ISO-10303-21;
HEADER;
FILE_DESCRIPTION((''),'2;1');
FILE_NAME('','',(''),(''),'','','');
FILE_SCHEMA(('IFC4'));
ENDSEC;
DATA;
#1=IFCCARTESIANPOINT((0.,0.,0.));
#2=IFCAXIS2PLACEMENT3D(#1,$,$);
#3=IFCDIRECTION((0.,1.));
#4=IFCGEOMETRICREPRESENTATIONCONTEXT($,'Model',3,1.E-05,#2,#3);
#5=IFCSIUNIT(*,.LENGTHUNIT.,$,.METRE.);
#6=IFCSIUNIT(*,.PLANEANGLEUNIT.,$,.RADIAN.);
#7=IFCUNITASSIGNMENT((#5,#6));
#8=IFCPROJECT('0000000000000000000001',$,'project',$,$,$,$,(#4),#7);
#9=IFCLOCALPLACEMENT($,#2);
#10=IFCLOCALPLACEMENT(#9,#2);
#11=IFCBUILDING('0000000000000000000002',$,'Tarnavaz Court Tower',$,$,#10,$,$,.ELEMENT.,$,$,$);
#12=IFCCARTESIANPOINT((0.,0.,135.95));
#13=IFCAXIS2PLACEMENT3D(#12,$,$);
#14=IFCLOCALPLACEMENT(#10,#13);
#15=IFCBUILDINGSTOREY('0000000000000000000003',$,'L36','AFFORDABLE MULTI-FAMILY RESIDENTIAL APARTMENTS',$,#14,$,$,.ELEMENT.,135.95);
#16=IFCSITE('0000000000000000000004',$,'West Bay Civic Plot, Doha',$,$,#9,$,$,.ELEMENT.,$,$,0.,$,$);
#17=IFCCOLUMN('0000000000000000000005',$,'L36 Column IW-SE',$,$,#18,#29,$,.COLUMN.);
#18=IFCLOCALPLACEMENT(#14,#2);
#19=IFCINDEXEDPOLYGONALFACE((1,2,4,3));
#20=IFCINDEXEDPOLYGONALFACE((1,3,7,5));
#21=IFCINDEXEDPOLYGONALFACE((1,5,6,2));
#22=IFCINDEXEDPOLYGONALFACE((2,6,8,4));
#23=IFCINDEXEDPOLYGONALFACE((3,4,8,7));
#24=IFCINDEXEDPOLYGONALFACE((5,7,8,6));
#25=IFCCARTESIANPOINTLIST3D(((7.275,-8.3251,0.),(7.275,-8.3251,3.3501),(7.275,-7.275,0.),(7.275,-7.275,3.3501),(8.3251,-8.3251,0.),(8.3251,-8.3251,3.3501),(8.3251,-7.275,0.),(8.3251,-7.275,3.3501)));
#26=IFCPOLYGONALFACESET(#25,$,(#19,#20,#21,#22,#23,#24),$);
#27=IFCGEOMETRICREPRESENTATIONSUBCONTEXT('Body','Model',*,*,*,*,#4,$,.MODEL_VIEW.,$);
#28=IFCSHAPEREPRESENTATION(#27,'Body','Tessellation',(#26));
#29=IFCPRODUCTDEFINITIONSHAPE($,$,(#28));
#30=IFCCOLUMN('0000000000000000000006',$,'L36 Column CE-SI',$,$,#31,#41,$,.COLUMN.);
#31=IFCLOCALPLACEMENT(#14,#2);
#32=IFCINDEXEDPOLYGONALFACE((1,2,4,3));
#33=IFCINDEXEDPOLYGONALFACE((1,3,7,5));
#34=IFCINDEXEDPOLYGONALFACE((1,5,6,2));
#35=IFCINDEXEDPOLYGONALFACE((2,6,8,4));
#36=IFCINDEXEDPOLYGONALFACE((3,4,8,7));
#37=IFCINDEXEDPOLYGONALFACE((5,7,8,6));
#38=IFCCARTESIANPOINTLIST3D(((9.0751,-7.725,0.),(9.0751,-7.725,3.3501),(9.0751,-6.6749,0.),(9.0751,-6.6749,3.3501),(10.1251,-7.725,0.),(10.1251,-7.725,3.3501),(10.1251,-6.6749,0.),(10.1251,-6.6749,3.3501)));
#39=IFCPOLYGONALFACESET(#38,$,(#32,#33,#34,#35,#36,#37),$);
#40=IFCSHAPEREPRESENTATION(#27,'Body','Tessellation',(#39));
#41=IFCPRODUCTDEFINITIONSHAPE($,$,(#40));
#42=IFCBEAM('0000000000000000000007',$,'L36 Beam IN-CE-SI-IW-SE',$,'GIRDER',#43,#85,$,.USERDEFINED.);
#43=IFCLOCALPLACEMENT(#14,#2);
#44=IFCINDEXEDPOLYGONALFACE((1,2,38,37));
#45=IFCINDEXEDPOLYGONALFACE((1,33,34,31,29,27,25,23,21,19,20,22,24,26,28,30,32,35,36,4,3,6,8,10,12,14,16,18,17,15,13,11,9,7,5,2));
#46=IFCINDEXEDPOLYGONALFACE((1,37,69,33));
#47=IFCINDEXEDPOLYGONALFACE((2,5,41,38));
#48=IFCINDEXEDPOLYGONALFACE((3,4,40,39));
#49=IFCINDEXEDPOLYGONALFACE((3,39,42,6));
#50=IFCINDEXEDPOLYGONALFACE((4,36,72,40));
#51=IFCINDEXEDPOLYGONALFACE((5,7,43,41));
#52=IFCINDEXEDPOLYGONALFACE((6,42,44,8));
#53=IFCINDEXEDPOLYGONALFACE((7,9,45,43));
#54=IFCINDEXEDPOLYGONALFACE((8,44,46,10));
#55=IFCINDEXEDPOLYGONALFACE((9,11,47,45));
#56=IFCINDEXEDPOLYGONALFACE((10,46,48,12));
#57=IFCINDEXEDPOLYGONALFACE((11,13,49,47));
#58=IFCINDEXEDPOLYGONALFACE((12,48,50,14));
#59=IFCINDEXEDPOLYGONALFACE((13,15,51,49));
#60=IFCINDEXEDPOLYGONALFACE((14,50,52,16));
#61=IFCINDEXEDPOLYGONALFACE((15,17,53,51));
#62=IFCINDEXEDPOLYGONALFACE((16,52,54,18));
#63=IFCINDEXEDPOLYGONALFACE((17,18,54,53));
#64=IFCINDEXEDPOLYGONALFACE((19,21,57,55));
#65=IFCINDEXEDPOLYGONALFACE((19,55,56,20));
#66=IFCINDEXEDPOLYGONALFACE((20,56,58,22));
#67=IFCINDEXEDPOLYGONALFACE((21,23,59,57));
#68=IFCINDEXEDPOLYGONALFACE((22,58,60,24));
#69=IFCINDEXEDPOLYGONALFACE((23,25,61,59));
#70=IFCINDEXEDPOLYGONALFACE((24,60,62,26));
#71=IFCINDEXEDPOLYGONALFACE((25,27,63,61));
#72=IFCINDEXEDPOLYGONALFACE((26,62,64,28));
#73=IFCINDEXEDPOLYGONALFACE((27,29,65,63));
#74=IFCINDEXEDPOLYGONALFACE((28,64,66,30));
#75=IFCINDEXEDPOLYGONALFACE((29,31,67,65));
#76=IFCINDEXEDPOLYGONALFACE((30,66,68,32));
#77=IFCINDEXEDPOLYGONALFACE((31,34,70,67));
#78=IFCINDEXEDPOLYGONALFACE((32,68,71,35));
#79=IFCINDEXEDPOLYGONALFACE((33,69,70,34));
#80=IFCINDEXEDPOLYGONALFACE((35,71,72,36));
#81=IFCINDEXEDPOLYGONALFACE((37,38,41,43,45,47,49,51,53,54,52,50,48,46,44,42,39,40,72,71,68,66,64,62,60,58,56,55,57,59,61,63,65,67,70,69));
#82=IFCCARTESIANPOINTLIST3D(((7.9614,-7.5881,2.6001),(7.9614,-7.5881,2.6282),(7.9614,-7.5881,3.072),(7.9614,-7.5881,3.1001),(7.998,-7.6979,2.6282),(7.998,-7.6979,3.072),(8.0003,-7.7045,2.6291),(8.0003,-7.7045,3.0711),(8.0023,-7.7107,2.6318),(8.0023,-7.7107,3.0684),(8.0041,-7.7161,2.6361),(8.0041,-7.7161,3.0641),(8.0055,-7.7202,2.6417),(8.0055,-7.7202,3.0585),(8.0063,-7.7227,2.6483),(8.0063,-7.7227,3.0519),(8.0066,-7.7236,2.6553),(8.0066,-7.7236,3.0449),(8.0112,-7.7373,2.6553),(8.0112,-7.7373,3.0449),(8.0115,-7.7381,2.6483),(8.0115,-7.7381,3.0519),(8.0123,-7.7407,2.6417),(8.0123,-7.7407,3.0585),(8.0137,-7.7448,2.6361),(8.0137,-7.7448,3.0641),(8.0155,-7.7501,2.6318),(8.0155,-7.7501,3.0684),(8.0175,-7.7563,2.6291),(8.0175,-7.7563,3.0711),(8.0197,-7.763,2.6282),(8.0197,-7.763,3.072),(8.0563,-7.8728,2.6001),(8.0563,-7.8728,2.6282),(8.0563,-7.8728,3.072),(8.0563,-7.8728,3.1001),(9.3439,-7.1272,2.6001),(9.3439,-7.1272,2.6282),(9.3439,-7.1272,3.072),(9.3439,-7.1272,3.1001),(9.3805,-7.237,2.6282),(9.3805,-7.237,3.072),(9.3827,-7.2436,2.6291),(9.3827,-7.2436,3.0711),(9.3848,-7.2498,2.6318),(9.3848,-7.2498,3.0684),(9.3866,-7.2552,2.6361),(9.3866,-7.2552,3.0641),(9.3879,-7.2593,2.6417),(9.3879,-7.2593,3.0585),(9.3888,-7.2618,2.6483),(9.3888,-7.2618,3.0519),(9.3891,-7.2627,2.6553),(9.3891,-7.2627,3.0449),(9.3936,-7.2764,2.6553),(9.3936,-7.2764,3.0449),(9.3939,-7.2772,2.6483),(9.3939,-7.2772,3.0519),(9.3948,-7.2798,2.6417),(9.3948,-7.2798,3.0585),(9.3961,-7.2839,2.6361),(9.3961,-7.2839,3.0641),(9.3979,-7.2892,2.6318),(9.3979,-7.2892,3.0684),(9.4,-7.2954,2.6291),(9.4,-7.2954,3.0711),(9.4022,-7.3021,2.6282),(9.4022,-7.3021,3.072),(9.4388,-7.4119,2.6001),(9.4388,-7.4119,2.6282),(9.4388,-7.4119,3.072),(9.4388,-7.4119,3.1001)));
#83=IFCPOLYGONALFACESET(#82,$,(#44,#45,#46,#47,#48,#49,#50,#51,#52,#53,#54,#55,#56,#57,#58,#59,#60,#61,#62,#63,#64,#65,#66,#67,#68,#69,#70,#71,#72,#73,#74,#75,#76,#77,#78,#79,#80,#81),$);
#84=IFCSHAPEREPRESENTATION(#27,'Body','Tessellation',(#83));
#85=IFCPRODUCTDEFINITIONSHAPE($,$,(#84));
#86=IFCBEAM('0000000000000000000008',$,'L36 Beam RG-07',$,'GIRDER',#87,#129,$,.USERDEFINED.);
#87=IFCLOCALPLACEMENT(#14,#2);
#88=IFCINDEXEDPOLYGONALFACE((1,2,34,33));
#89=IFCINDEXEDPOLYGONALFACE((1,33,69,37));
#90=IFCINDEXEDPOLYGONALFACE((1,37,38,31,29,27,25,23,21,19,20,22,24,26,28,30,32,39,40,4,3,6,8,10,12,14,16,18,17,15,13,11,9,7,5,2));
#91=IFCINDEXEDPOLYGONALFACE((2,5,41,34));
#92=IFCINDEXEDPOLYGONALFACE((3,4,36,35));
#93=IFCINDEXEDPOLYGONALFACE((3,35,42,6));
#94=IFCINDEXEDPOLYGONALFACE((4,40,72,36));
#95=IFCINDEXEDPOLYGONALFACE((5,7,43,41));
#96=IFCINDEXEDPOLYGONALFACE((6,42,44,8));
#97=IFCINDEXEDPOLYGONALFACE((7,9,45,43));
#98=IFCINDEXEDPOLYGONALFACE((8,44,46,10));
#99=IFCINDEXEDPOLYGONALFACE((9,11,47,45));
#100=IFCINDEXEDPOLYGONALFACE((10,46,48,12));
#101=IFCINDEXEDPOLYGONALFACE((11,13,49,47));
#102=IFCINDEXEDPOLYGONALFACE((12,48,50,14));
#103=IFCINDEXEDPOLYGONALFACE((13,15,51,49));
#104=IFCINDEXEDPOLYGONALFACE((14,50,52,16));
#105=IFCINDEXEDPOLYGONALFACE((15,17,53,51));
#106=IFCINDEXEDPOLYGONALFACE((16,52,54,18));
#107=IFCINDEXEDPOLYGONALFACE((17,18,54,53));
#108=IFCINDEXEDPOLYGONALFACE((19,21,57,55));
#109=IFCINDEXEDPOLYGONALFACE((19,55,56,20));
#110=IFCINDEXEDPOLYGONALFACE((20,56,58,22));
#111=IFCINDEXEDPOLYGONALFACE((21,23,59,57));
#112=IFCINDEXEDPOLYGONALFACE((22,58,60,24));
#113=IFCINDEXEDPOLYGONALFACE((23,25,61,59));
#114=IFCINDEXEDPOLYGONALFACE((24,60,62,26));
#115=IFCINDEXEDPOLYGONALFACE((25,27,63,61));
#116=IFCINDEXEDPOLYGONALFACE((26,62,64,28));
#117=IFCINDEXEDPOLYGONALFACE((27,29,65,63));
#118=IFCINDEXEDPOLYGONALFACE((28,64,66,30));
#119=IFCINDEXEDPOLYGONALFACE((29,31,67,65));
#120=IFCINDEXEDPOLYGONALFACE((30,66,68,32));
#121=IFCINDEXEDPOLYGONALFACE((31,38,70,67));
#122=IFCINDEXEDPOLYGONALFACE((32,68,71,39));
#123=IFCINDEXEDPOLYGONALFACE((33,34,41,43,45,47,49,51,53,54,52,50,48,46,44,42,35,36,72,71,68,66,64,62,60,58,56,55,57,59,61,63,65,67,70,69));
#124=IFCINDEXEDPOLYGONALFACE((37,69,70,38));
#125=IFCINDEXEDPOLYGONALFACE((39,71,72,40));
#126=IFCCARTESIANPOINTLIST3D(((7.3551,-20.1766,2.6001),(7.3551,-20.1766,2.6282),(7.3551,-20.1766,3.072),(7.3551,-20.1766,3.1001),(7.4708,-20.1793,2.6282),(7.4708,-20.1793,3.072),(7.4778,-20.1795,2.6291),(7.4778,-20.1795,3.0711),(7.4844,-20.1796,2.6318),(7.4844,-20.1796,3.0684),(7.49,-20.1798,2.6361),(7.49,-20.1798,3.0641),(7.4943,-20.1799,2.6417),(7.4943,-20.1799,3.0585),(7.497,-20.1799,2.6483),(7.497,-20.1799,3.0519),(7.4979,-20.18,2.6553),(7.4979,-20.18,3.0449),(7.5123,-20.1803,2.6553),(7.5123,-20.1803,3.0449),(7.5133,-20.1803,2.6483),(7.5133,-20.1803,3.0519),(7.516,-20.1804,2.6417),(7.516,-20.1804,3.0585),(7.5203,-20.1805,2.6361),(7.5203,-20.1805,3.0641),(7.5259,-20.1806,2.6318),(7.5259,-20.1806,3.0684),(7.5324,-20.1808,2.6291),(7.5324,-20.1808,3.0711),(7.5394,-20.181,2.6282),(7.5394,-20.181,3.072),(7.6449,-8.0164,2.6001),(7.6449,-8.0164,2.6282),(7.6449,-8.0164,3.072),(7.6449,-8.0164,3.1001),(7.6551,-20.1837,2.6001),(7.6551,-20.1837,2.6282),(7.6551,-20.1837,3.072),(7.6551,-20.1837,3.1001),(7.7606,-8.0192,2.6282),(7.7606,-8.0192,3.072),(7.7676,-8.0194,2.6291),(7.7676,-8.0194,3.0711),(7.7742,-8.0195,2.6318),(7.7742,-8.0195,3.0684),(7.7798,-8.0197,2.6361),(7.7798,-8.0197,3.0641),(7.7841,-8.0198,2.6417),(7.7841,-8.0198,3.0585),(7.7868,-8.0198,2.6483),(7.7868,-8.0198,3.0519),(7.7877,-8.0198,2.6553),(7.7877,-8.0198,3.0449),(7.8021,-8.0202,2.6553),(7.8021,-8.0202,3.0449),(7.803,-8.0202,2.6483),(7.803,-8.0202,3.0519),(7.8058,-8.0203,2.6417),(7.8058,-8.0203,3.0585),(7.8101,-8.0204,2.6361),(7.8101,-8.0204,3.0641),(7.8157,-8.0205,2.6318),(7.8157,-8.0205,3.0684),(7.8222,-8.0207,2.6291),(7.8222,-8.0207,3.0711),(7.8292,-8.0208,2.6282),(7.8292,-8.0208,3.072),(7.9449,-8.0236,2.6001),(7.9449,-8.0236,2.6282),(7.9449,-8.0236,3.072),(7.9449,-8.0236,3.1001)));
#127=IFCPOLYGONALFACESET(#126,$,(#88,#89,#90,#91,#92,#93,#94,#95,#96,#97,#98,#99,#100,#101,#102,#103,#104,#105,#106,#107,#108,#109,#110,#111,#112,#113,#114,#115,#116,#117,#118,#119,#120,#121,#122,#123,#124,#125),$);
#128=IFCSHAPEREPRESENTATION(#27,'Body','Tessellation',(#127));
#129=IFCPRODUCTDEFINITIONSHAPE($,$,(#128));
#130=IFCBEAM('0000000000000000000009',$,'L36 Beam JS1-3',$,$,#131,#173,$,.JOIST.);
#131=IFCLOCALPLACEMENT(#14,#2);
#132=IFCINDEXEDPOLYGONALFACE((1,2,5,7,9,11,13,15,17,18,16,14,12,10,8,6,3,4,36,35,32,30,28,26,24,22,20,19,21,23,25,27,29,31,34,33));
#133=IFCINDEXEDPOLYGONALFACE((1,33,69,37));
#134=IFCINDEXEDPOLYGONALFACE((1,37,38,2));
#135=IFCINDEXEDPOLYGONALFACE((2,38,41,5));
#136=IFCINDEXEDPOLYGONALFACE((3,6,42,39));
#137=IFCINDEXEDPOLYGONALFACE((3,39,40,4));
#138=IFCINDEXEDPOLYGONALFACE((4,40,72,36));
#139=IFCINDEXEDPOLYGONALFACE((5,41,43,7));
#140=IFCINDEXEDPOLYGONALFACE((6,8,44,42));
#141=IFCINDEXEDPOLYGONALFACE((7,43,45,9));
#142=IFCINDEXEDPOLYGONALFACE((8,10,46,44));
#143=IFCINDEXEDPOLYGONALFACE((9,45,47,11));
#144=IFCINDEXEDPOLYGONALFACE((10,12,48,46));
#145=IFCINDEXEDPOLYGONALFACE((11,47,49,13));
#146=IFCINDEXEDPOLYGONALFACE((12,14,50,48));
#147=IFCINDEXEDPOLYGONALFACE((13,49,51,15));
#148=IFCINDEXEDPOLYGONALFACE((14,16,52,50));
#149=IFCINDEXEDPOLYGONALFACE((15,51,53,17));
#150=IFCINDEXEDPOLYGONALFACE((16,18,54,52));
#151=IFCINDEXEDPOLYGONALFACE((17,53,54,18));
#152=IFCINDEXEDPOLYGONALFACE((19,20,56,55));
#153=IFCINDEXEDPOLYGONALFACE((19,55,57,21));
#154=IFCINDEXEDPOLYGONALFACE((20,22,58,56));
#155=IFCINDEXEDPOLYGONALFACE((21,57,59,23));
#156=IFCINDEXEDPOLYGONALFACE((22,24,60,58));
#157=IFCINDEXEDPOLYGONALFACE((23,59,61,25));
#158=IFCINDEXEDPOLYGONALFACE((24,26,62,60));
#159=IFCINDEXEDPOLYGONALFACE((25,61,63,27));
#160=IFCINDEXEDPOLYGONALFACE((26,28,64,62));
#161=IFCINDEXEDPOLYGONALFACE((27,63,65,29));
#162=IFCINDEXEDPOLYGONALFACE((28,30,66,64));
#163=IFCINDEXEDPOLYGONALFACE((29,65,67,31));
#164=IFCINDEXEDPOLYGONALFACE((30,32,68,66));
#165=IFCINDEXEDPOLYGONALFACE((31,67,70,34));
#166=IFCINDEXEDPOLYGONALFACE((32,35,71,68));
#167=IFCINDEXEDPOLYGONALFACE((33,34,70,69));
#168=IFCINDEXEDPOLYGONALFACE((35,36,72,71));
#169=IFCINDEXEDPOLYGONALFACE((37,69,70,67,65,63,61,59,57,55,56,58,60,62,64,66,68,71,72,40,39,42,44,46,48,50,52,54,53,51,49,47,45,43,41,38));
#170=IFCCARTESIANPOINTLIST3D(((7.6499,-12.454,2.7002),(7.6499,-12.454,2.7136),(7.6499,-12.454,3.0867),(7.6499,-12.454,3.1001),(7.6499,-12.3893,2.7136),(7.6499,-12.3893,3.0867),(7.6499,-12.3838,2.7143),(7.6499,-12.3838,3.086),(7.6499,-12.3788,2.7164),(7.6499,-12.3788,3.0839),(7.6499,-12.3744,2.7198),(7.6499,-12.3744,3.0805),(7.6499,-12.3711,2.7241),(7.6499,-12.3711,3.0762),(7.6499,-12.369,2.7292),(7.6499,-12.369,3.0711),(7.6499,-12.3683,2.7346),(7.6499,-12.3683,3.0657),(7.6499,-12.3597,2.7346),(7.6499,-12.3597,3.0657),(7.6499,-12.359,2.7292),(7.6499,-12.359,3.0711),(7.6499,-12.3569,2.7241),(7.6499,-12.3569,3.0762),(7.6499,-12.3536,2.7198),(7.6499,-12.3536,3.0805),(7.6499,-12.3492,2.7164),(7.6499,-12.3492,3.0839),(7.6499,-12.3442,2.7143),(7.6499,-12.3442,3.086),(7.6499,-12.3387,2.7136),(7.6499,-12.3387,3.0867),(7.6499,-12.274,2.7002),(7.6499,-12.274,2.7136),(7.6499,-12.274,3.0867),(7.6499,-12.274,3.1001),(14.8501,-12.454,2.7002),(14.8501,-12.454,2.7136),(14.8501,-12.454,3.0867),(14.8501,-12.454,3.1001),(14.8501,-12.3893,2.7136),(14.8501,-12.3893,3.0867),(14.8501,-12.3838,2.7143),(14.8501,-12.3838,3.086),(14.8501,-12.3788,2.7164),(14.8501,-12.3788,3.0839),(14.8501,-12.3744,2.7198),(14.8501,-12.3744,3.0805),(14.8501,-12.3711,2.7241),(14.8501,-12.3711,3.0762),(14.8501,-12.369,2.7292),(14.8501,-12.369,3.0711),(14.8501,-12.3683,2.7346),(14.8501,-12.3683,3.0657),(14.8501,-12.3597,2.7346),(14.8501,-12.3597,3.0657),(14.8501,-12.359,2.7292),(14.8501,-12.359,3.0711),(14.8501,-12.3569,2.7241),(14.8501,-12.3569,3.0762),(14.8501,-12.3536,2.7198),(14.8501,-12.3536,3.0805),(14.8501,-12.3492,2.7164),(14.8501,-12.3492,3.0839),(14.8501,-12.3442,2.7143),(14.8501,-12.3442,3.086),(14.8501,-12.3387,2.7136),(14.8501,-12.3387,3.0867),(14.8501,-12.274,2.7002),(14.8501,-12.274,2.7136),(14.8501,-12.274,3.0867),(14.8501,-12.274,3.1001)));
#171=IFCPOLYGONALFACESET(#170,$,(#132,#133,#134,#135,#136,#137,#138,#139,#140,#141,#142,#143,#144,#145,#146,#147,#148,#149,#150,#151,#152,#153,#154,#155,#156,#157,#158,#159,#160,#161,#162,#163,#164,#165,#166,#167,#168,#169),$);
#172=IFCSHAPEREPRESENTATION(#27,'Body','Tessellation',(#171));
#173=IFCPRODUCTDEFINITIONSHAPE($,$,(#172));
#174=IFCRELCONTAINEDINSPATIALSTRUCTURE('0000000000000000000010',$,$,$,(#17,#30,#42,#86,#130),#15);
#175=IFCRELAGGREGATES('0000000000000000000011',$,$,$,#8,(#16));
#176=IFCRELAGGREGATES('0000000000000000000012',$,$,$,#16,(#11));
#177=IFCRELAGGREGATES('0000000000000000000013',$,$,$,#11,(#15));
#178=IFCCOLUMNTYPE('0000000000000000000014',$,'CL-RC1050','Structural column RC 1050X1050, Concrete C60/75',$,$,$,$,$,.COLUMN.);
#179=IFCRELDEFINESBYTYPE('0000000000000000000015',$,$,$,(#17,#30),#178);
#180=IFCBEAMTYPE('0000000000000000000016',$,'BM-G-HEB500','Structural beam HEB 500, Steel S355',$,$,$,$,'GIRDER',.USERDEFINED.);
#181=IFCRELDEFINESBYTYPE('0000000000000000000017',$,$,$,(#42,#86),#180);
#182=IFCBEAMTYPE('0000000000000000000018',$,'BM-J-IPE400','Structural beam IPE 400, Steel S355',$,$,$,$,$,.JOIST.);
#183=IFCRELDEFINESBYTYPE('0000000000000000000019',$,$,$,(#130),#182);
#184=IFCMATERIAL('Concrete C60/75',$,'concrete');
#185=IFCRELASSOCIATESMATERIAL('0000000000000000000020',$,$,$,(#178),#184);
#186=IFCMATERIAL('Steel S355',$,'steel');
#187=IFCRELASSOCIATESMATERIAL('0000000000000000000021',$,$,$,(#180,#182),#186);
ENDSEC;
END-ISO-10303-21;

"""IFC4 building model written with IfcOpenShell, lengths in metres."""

from ifc_helpers import new_model, si_unit, direction, frame, origin, origin_2d, place, context, subcontext, project, spatial, rectangle, i_section, extrude, material, material_profile, profile_set, type_object, element, save


model = new_model("IFC4")

# Units and contexts
model_context = context("Model", 3, precision=1e-05, world=origin(), true_north=direction((0.0, 1.0)))
body_context = subcontext(model_context, "Body", "Model", "MODEL_VIEW")
ifc_project = project(units=[si_unit("LENGTHUNIT", "METRE"), si_unit("PLANEANGLEUNIT", "RADIAN")], contexts=[model_context])

# Site, building, storey
site_placement = place(None, origin())
site = spatial("IfcSite", under=ifc_project, at=site_placement, Name="West Bay Civic Plot, Doha", CompositionType="ELEMENT", RefElevation=0.0)
building_placement = place(site_placement, origin())
building = spatial("IfcBuilding", under=site, at=building_placement, Name="Tarnavaz Court Tower", CompositionType="ELEMENT")
storey_placement = place(building_placement, frame((0.0, 0.0, 135.95)))
storey = spatial("IfcBuildingStorey", under=building, at=storey_placement, Name="L36", Description="AFFORDABLE MULTI-FAMILY RESIDENTIAL APARTMENTS", CompositionType="ELEMENT", Elevation=135.95)

# Columns
ifc_material_1 = material(Name="Concrete C60/75", Category="concrete")
ifc_material_profile_1 = material_profile(ifc_material_1, rectangle(XDim=1.05, YDim=1.05, at=origin_2d()), Name="RC 1050X1050")
ifc_profile_set_1 = profile_set([ifc_material_profile_1], Name="Concrete C60/75")
column_type = type_object("IfcColumnType", Name="CL-RC1050", Description="Structural column RC 1050X1050, Concrete C60/75", PredefinedType="COLUMN", material=ifc_profile_set_1)
for number, where, z_axis, x_axis, name in (
    (1, (7.8, -7.8, 0.0), (0.0, 0.0, 1.0), (1.0, 0.0, 0.0), "L36 Column IW-SE"),
    (2, (9.6001, -7.2, 0.0), (0.0, 0.0, 1.0), (1.0, 0.0, 0.0), "L36 Column CE-SI"),
):
    element("IfcColumn", number, at=place(storey_placement, frame(where, z_axis=z_axis, x_axis=x_axis)), inside=storey, type_object=column_type, Name=name, PredefinedType="COLUMN", context=body_context, shape_type="SweptSolid", body=[
        extrude(rectangle(XDim=1.05, YDim=1.05, at=origin_2d()), origin(), (0.0, 0.0, 1.0), 3.3501),
    ])

# Beams
ifc_material_2 = material(Name="Steel S355", Category="steel")
ifc_material_profile_2 = material_profile(ifc_material_2, i_section(OverallWidth=0.3, OverallDepth=0.5, WebThickness=0.0144, FlangeThickness=0.0281, FilletRadius=0.0271, at=origin_2d()), Name="HEB 500")
ifc_profile_set_2 = profile_set([ifc_material_profile_2], Name="Steel S355")
beam_type_1 = type_object("IfcBeamType", Name="BM-G-HEB500", Description="Structural beam HEB 500, Steel S355", ElementType="GIRDER", PredefinedType="USERDEFINED", material=ifc_profile_set_2)
beam_1_placement = place(storey_placement, frame((9.3914, -7.2695, 2.8501), z_axis=(-0.948667, -0.316278, 0.0), x_axis=(0.316278, -0.948667, 0.0)))
element("IfcBeam", 3, at=beam_1_placement, inside=storey, type_object=beam_type_1, Name="L36 Beam IN-CE-SI-IW-SE", ObjectType="GIRDER", PredefinedType="USERDEFINED", context=body_context, shape_type="SweptSolid", body=[
    extrude(i_section(OverallWidth=0.3, OverallDepth=0.5, WebThickness=0.0144, FlangeThickness=0.0281, FilletRadius=0.0271, at=origin_2d()), origin(), (0.0, 0.0, 1.0), 1.4573),
])
beam_2_placement = place(storey_placement, frame((7.7949, -8.02, 2.8501), z_axis=(-0.023825, -0.999716, 0.0), x_axis=(0.999716, -0.023825, 0.0)))
element("IfcBeam", 4, at=beam_2_placement, inside=storey, type_object=beam_type_1, Name="L36 Beam RG-07", ObjectType="GIRDER", PredefinedType="USERDEFINED", context=body_context, shape_type="SweptSolid", body=[
    extrude(i_section(OverallWidth=0.3, OverallDepth=0.5, WebThickness=0.0144, FlangeThickness=0.0281, FilletRadius=0.0271, at=origin_2d()), origin(), (0.0, 0.0, 1.0), 12.1636),
])
ifc_material_profile_3 = material_profile(ifc_material_2, i_section(OverallWidth=0.1799, OverallDepth=0.3999, WebThickness=0.0085, FlangeThickness=0.0134, FilletRadius=0.021, at=origin_2d()), Name="IPE 400")
ifc_profile_set_3 = profile_set([ifc_material_profile_3], Name="Steel S355")
beam_type_2 = type_object("IfcBeamType", Name="BM-J-IPE400", Description="Structural beam IPE 400, Steel S355", PredefinedType="JOIST", material=ifc_profile_set_3)
beam_3_placement = place(storey_placement, frame((7.6499, -12.364, 2.9001), z_axis=(1.0, 0.0, 0.0), x_axis=(0.0, 1.0, 0.0)))
element("IfcBeam", 5, at=beam_3_placement, inside=storey, type_object=beam_type_2, Name="L36 Beam JS1-3", PredefinedType="JOIST", context=body_context, shape_type="SweptSolid", body=[
    extrude(i_section(OverallWidth=0.1799, OverallDepth=0.3999, WebThickness=0.0085, FlangeThickness=0.0134, FilletRadius=0.021, at=origin_2d()), origin(), (0.0, 0.0, 1.0), 7.2002),
])

save(model, "model.ifc")
